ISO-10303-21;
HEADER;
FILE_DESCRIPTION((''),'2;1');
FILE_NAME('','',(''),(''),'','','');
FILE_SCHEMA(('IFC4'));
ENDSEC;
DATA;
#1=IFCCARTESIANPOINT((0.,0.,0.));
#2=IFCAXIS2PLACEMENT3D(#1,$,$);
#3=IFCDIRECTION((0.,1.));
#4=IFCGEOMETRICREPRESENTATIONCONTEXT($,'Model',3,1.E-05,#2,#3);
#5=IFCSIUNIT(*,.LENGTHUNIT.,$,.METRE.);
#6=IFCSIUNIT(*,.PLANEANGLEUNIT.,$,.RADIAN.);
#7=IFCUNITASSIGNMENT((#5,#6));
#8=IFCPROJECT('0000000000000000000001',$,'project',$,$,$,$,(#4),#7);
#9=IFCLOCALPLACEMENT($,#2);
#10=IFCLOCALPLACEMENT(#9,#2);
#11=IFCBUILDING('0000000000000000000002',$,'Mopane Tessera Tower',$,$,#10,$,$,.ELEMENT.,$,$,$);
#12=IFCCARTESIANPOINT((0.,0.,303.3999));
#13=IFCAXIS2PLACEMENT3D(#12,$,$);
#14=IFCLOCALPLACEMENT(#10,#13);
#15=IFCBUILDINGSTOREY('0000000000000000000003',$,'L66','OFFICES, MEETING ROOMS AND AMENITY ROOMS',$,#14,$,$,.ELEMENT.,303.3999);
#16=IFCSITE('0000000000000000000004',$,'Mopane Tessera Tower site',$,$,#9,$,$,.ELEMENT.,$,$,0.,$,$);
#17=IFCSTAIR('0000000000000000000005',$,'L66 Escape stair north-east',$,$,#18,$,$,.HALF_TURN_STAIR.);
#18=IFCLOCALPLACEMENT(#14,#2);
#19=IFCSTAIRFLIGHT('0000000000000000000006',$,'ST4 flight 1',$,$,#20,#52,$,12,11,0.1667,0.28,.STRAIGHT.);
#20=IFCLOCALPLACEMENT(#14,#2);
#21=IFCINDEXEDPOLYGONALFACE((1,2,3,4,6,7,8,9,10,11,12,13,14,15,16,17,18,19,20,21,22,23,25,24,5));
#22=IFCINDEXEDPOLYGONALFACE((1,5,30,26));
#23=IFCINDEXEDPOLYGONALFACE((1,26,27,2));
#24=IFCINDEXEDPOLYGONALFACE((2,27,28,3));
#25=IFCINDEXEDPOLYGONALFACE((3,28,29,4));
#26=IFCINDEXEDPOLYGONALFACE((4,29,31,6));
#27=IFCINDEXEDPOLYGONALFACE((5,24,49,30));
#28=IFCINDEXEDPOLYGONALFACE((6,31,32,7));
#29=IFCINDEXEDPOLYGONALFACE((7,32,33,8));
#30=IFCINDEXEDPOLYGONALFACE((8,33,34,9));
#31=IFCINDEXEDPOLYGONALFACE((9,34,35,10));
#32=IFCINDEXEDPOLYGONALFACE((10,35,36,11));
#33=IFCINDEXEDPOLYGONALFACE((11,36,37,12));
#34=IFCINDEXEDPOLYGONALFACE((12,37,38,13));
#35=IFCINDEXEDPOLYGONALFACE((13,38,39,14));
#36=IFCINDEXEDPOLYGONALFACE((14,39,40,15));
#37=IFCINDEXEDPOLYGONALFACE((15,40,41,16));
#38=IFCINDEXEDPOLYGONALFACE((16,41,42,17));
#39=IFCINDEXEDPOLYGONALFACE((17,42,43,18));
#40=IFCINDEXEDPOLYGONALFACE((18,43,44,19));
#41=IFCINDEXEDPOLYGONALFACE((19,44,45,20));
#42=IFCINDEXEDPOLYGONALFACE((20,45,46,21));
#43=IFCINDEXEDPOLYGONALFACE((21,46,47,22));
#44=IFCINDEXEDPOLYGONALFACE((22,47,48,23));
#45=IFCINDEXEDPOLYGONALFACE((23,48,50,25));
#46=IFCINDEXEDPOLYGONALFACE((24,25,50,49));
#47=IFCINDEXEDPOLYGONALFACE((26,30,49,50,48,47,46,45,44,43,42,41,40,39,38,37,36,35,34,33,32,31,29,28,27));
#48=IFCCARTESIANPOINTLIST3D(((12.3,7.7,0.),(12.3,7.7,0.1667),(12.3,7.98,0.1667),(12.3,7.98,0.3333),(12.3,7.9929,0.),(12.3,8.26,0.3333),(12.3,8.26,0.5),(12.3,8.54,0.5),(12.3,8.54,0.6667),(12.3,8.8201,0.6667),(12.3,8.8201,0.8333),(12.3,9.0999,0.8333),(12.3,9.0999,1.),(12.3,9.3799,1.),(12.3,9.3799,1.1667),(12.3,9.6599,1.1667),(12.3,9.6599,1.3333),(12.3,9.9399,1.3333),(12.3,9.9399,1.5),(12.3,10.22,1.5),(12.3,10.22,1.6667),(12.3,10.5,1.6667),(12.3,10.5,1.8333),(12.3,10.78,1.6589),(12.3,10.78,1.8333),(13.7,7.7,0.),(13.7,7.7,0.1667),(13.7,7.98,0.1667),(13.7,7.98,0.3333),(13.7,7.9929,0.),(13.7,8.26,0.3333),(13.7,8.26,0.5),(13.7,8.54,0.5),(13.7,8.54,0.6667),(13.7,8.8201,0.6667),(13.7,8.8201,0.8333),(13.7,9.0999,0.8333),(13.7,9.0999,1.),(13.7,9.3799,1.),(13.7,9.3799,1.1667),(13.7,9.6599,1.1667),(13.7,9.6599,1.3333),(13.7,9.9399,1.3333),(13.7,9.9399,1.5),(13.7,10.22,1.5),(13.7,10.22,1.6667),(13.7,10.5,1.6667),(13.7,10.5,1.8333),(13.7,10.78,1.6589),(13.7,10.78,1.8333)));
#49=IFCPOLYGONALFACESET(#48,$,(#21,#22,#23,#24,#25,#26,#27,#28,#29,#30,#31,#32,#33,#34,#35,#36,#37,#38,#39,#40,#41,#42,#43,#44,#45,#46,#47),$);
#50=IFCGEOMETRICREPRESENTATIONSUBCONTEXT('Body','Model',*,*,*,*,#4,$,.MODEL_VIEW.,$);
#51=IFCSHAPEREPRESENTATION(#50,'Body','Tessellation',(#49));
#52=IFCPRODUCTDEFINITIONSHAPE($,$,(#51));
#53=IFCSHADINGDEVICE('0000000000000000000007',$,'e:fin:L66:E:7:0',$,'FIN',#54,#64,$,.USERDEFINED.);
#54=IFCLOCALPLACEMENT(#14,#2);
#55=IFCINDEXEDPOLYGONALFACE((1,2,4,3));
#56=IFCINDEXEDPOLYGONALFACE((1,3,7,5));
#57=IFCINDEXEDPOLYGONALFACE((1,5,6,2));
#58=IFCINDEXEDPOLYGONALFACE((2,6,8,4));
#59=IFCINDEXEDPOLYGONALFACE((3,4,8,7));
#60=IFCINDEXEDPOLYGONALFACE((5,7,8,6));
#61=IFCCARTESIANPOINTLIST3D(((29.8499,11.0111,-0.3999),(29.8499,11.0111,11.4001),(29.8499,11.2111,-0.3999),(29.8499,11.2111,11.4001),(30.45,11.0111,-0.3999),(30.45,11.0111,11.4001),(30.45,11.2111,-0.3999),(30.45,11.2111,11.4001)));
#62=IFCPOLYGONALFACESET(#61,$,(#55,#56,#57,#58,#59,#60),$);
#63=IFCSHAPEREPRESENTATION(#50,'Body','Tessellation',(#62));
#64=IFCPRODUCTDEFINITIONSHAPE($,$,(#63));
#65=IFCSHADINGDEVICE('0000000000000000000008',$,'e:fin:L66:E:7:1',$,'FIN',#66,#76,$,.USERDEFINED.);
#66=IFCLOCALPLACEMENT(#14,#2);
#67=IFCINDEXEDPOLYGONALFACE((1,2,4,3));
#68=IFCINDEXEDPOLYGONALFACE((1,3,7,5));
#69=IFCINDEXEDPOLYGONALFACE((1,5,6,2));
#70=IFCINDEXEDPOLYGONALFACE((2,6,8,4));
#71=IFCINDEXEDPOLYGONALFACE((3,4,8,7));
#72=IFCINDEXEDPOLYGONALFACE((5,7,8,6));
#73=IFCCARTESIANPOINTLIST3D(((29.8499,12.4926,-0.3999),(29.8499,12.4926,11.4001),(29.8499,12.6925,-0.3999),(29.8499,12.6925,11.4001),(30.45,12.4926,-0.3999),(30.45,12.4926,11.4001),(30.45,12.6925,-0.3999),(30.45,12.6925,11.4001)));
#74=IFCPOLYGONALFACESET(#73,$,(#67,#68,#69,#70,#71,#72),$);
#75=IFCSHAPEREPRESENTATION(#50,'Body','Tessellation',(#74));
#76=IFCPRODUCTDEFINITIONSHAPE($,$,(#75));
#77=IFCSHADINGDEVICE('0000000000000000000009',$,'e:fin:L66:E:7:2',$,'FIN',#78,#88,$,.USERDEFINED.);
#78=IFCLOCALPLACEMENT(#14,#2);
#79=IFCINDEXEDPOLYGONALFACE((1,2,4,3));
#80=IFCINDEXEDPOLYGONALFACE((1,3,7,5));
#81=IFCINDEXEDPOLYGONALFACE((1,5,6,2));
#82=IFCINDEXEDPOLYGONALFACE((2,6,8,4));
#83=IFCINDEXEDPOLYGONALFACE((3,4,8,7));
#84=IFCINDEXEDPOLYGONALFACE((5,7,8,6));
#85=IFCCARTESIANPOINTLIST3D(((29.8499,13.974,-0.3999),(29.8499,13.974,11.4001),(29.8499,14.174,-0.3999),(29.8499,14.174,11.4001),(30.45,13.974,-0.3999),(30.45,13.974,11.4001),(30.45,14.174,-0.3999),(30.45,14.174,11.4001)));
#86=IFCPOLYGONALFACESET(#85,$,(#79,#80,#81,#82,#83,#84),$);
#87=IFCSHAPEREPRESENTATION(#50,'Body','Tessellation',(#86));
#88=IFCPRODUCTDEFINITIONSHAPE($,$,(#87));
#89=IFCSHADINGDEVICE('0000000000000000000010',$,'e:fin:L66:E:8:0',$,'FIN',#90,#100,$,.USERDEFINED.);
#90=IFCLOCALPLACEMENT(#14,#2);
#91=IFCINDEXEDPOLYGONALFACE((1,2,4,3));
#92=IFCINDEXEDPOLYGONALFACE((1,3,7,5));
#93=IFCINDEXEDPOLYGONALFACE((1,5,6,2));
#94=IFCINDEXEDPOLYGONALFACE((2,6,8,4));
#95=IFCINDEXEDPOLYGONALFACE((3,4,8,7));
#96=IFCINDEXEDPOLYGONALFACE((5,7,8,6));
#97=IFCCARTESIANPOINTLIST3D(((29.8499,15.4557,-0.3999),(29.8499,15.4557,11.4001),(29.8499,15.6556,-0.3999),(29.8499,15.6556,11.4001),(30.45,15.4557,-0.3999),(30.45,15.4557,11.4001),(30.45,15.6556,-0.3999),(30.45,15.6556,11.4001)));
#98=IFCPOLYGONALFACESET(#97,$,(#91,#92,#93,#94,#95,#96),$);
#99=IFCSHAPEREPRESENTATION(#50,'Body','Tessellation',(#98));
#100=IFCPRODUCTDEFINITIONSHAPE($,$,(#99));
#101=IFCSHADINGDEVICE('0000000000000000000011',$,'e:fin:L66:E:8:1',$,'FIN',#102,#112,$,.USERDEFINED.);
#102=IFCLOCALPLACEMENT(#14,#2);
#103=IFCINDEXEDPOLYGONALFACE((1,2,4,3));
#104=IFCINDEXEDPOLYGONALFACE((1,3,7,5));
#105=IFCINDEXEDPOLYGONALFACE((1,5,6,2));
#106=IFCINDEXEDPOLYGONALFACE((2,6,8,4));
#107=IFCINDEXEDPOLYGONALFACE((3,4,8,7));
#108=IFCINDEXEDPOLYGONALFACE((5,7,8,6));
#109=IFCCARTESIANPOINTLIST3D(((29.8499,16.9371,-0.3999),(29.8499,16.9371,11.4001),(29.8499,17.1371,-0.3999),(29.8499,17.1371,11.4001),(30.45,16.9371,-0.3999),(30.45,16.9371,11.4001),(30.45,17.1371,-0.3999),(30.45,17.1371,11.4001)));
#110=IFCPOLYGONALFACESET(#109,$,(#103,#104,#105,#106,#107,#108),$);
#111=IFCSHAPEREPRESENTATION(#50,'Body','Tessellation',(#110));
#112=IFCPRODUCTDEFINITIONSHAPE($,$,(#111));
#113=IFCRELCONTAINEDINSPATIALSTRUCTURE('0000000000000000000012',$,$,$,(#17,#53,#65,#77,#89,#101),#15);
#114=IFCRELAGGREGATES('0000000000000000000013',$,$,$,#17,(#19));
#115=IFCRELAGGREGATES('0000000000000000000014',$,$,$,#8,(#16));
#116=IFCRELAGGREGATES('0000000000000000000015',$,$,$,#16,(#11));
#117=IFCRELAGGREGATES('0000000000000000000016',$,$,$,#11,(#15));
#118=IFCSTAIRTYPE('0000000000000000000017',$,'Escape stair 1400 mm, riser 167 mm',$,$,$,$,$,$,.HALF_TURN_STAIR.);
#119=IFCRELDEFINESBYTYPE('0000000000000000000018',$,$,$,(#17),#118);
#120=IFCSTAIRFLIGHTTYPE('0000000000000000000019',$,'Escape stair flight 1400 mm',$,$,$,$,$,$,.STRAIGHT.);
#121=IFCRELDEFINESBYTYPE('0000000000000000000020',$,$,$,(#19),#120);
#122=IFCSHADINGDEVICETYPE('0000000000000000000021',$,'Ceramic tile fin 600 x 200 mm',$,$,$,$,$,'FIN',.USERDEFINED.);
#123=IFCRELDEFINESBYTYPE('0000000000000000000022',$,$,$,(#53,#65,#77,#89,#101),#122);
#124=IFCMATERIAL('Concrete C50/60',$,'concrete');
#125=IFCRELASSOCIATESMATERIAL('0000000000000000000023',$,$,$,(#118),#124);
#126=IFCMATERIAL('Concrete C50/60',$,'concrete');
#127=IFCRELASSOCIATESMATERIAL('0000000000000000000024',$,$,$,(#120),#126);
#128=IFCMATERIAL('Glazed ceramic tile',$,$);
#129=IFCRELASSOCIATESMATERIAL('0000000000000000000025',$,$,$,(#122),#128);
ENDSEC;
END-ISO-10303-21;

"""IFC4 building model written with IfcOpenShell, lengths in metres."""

from ifc_helpers import new_model, si_unit, direction, frame, origin, origin_2d, place, context, subcontext, project, spatial, polyline, rectangle, outline, extrude, material, type_object, element, aggregate, save


model = new_model("IFC4")

# Units and contexts
model_context = context("Model", 3, precision=1e-05, world=origin(), true_north=direction((0.0, 1.0)))
body_context = subcontext(model_context, "Body", "Model", "MODEL_VIEW")
ifc_project = project(units=[si_unit("LENGTHUNIT", "METRE"), si_unit("PLANEANGLEUNIT", "RADIAN")], contexts=[model_context])

# Site, building, storey
site_placement = place(None, origin())
site = spatial("IfcSite", under=ifc_project, at=site_placement, Name="Mopane Tessera Tower site", CompositionType="ELEMENT", RefElevation=0.0)
building_placement = place(site_placement, origin())
building = spatial("IfcBuilding", under=site, at=building_placement, Name="Mopane Tessera Tower", CompositionType="ELEMENT")
storey_placement = place(building_placement, frame((0.0, 0.0, 303.3999)))
storey = spatial("IfcBuildingStorey", under=building, at=storey_placement, Name="L66", Description="OFFICES, MEETING ROOMS AND AMENITY ROOMS", CompositionType="ELEMENT", Elevation=303.3999)

# Stair, stair flight
ifc_material_1 = material(Name="Concrete C50/60", Category="concrete")
stair_type = type_object("IfcStairType", Name="Escape stair 1400 mm, riser 167 mm", PredefinedType="HALF_TURN_STAIR", material=ifc_material_1)
stair_placement = place(storey_placement, origin())
stair = element("IfcStair", 1, at=stair_placement, inside=storey, type_object=stair_type, Name="L66 Escape stair north-east", PredefinedType="HALF_TURN_STAIR")
ifc_material_2 = material(Name="Concrete C50/60", Category="concrete")
stair_flight_type = type_object("IfcStairFlightType", Name="Escape stair flight 1400 mm", PredefinedType="STRAIGHT", material=ifc_material_2)
stair_flight_placement = place(storey_placement, frame((13.0, 7.7, 0.0), z_axis=(0.0, 0.0, 1.0), x_axis=(0.0, 1.0, 0.0)))
stair_flight = element("IfcStairFlight", 2, at=stair_flight_placement, type_object=stair_flight_type, Name="ST4 flight 1", NumberOfRisers=12, NumberOfTreads=11, PredefinedType="STRAIGHT", RiserHeight=0.1667, TreadLength=0.28, context=body_context, shape_type="SweptSolid", body=[
    extrude(outline(polyline([(0.0, 0.0), (0.0, 0.1667), (0.28, 0.1667), (0.28, 0.3333), (0.5601, 0.3333), (0.5601, 0.5), (0.8401, 0.5), (0.8401, 0.6667), (1.1201, 0.6667), (1.1201, 0.8333), (1.3999, 0.8333), (1.3999, 1.0), (1.6799, 1.0), (1.6799, 1.1667), (1.96, 1.1667), (1.96, 1.3333), (2.24, 1.3333), (2.24, 1.5), (2.52, 1.5), (2.52, 1.6667), (2.8, 1.6667), (2.8, 1.8333), (3.0801, 1.8333), (3.0801, 2.0), (3.0801, 1.6589), (0.293, 0.0), (0.0, 0.0)])), frame((0.0, 0.7, 0.0), z_axis=(0.0, -1.0, 0.0), x_axis=(1.0, 0.0, 0.0)), (0.0, 0.0, 1.0), 1.3999),
])
aggregate(stair, [stair_flight])

# Shading devices
ifc_material_3 = material(Name="Glazed ceramic tile")
shading_device_type = type_object("IfcShadingDeviceType", Name="Ceramic tile fin 600 x 200 mm", ElementType="FIN", PredefinedType="USERDEFINED", material=ifc_material_3)
for number, where, z_axis, x_axis, name in (
    (3, (30.1499, 11.1111, -0.3999), (0.0, 0.0, 1.0), (0.0, 1.0, 0.0), "e:fin:L66:E:7:0"),
    (4, (30.1499, 12.5925, -0.3999), (0.0, 0.0, 1.0), (0.0, 1.0, 0.0), "e:fin:L66:E:7:1"),
    (5, (30.1499, 14.074, -0.3999), (0.0, 0.0, 1.0), (0.0, 1.0, 0.0), "e:fin:L66:E:7:2"),
    (6, (30.1499, 15.5557, -0.3999), (0.0, 0.0, 1.0), (0.0, 1.0, 0.0), "e:fin:L66:E:8:0"),
    (7, (30.1499, 17.0371, -0.3999), (0.0, 0.0, 1.0), (0.0, 1.0, 0.0), "e:fin:L66:E:8:1"),
):
    element("IfcShadingDevice", number, at=place(storey_placement, frame(where, z_axis=z_axis, x_axis=x_axis)), inside=storey, type_object=shading_device_type, Name=name, ObjectType="FIN", PredefinedType="USERDEFINED", context=body_context, shape_type="SweptSolid", body=[
        extrude(rectangle(XDim=0.2, YDim=0.6001, at=origin_2d()), origin(), (0.0, 0.0, 1.0), 11.8),
    ])

save(model, "model.ifc")
